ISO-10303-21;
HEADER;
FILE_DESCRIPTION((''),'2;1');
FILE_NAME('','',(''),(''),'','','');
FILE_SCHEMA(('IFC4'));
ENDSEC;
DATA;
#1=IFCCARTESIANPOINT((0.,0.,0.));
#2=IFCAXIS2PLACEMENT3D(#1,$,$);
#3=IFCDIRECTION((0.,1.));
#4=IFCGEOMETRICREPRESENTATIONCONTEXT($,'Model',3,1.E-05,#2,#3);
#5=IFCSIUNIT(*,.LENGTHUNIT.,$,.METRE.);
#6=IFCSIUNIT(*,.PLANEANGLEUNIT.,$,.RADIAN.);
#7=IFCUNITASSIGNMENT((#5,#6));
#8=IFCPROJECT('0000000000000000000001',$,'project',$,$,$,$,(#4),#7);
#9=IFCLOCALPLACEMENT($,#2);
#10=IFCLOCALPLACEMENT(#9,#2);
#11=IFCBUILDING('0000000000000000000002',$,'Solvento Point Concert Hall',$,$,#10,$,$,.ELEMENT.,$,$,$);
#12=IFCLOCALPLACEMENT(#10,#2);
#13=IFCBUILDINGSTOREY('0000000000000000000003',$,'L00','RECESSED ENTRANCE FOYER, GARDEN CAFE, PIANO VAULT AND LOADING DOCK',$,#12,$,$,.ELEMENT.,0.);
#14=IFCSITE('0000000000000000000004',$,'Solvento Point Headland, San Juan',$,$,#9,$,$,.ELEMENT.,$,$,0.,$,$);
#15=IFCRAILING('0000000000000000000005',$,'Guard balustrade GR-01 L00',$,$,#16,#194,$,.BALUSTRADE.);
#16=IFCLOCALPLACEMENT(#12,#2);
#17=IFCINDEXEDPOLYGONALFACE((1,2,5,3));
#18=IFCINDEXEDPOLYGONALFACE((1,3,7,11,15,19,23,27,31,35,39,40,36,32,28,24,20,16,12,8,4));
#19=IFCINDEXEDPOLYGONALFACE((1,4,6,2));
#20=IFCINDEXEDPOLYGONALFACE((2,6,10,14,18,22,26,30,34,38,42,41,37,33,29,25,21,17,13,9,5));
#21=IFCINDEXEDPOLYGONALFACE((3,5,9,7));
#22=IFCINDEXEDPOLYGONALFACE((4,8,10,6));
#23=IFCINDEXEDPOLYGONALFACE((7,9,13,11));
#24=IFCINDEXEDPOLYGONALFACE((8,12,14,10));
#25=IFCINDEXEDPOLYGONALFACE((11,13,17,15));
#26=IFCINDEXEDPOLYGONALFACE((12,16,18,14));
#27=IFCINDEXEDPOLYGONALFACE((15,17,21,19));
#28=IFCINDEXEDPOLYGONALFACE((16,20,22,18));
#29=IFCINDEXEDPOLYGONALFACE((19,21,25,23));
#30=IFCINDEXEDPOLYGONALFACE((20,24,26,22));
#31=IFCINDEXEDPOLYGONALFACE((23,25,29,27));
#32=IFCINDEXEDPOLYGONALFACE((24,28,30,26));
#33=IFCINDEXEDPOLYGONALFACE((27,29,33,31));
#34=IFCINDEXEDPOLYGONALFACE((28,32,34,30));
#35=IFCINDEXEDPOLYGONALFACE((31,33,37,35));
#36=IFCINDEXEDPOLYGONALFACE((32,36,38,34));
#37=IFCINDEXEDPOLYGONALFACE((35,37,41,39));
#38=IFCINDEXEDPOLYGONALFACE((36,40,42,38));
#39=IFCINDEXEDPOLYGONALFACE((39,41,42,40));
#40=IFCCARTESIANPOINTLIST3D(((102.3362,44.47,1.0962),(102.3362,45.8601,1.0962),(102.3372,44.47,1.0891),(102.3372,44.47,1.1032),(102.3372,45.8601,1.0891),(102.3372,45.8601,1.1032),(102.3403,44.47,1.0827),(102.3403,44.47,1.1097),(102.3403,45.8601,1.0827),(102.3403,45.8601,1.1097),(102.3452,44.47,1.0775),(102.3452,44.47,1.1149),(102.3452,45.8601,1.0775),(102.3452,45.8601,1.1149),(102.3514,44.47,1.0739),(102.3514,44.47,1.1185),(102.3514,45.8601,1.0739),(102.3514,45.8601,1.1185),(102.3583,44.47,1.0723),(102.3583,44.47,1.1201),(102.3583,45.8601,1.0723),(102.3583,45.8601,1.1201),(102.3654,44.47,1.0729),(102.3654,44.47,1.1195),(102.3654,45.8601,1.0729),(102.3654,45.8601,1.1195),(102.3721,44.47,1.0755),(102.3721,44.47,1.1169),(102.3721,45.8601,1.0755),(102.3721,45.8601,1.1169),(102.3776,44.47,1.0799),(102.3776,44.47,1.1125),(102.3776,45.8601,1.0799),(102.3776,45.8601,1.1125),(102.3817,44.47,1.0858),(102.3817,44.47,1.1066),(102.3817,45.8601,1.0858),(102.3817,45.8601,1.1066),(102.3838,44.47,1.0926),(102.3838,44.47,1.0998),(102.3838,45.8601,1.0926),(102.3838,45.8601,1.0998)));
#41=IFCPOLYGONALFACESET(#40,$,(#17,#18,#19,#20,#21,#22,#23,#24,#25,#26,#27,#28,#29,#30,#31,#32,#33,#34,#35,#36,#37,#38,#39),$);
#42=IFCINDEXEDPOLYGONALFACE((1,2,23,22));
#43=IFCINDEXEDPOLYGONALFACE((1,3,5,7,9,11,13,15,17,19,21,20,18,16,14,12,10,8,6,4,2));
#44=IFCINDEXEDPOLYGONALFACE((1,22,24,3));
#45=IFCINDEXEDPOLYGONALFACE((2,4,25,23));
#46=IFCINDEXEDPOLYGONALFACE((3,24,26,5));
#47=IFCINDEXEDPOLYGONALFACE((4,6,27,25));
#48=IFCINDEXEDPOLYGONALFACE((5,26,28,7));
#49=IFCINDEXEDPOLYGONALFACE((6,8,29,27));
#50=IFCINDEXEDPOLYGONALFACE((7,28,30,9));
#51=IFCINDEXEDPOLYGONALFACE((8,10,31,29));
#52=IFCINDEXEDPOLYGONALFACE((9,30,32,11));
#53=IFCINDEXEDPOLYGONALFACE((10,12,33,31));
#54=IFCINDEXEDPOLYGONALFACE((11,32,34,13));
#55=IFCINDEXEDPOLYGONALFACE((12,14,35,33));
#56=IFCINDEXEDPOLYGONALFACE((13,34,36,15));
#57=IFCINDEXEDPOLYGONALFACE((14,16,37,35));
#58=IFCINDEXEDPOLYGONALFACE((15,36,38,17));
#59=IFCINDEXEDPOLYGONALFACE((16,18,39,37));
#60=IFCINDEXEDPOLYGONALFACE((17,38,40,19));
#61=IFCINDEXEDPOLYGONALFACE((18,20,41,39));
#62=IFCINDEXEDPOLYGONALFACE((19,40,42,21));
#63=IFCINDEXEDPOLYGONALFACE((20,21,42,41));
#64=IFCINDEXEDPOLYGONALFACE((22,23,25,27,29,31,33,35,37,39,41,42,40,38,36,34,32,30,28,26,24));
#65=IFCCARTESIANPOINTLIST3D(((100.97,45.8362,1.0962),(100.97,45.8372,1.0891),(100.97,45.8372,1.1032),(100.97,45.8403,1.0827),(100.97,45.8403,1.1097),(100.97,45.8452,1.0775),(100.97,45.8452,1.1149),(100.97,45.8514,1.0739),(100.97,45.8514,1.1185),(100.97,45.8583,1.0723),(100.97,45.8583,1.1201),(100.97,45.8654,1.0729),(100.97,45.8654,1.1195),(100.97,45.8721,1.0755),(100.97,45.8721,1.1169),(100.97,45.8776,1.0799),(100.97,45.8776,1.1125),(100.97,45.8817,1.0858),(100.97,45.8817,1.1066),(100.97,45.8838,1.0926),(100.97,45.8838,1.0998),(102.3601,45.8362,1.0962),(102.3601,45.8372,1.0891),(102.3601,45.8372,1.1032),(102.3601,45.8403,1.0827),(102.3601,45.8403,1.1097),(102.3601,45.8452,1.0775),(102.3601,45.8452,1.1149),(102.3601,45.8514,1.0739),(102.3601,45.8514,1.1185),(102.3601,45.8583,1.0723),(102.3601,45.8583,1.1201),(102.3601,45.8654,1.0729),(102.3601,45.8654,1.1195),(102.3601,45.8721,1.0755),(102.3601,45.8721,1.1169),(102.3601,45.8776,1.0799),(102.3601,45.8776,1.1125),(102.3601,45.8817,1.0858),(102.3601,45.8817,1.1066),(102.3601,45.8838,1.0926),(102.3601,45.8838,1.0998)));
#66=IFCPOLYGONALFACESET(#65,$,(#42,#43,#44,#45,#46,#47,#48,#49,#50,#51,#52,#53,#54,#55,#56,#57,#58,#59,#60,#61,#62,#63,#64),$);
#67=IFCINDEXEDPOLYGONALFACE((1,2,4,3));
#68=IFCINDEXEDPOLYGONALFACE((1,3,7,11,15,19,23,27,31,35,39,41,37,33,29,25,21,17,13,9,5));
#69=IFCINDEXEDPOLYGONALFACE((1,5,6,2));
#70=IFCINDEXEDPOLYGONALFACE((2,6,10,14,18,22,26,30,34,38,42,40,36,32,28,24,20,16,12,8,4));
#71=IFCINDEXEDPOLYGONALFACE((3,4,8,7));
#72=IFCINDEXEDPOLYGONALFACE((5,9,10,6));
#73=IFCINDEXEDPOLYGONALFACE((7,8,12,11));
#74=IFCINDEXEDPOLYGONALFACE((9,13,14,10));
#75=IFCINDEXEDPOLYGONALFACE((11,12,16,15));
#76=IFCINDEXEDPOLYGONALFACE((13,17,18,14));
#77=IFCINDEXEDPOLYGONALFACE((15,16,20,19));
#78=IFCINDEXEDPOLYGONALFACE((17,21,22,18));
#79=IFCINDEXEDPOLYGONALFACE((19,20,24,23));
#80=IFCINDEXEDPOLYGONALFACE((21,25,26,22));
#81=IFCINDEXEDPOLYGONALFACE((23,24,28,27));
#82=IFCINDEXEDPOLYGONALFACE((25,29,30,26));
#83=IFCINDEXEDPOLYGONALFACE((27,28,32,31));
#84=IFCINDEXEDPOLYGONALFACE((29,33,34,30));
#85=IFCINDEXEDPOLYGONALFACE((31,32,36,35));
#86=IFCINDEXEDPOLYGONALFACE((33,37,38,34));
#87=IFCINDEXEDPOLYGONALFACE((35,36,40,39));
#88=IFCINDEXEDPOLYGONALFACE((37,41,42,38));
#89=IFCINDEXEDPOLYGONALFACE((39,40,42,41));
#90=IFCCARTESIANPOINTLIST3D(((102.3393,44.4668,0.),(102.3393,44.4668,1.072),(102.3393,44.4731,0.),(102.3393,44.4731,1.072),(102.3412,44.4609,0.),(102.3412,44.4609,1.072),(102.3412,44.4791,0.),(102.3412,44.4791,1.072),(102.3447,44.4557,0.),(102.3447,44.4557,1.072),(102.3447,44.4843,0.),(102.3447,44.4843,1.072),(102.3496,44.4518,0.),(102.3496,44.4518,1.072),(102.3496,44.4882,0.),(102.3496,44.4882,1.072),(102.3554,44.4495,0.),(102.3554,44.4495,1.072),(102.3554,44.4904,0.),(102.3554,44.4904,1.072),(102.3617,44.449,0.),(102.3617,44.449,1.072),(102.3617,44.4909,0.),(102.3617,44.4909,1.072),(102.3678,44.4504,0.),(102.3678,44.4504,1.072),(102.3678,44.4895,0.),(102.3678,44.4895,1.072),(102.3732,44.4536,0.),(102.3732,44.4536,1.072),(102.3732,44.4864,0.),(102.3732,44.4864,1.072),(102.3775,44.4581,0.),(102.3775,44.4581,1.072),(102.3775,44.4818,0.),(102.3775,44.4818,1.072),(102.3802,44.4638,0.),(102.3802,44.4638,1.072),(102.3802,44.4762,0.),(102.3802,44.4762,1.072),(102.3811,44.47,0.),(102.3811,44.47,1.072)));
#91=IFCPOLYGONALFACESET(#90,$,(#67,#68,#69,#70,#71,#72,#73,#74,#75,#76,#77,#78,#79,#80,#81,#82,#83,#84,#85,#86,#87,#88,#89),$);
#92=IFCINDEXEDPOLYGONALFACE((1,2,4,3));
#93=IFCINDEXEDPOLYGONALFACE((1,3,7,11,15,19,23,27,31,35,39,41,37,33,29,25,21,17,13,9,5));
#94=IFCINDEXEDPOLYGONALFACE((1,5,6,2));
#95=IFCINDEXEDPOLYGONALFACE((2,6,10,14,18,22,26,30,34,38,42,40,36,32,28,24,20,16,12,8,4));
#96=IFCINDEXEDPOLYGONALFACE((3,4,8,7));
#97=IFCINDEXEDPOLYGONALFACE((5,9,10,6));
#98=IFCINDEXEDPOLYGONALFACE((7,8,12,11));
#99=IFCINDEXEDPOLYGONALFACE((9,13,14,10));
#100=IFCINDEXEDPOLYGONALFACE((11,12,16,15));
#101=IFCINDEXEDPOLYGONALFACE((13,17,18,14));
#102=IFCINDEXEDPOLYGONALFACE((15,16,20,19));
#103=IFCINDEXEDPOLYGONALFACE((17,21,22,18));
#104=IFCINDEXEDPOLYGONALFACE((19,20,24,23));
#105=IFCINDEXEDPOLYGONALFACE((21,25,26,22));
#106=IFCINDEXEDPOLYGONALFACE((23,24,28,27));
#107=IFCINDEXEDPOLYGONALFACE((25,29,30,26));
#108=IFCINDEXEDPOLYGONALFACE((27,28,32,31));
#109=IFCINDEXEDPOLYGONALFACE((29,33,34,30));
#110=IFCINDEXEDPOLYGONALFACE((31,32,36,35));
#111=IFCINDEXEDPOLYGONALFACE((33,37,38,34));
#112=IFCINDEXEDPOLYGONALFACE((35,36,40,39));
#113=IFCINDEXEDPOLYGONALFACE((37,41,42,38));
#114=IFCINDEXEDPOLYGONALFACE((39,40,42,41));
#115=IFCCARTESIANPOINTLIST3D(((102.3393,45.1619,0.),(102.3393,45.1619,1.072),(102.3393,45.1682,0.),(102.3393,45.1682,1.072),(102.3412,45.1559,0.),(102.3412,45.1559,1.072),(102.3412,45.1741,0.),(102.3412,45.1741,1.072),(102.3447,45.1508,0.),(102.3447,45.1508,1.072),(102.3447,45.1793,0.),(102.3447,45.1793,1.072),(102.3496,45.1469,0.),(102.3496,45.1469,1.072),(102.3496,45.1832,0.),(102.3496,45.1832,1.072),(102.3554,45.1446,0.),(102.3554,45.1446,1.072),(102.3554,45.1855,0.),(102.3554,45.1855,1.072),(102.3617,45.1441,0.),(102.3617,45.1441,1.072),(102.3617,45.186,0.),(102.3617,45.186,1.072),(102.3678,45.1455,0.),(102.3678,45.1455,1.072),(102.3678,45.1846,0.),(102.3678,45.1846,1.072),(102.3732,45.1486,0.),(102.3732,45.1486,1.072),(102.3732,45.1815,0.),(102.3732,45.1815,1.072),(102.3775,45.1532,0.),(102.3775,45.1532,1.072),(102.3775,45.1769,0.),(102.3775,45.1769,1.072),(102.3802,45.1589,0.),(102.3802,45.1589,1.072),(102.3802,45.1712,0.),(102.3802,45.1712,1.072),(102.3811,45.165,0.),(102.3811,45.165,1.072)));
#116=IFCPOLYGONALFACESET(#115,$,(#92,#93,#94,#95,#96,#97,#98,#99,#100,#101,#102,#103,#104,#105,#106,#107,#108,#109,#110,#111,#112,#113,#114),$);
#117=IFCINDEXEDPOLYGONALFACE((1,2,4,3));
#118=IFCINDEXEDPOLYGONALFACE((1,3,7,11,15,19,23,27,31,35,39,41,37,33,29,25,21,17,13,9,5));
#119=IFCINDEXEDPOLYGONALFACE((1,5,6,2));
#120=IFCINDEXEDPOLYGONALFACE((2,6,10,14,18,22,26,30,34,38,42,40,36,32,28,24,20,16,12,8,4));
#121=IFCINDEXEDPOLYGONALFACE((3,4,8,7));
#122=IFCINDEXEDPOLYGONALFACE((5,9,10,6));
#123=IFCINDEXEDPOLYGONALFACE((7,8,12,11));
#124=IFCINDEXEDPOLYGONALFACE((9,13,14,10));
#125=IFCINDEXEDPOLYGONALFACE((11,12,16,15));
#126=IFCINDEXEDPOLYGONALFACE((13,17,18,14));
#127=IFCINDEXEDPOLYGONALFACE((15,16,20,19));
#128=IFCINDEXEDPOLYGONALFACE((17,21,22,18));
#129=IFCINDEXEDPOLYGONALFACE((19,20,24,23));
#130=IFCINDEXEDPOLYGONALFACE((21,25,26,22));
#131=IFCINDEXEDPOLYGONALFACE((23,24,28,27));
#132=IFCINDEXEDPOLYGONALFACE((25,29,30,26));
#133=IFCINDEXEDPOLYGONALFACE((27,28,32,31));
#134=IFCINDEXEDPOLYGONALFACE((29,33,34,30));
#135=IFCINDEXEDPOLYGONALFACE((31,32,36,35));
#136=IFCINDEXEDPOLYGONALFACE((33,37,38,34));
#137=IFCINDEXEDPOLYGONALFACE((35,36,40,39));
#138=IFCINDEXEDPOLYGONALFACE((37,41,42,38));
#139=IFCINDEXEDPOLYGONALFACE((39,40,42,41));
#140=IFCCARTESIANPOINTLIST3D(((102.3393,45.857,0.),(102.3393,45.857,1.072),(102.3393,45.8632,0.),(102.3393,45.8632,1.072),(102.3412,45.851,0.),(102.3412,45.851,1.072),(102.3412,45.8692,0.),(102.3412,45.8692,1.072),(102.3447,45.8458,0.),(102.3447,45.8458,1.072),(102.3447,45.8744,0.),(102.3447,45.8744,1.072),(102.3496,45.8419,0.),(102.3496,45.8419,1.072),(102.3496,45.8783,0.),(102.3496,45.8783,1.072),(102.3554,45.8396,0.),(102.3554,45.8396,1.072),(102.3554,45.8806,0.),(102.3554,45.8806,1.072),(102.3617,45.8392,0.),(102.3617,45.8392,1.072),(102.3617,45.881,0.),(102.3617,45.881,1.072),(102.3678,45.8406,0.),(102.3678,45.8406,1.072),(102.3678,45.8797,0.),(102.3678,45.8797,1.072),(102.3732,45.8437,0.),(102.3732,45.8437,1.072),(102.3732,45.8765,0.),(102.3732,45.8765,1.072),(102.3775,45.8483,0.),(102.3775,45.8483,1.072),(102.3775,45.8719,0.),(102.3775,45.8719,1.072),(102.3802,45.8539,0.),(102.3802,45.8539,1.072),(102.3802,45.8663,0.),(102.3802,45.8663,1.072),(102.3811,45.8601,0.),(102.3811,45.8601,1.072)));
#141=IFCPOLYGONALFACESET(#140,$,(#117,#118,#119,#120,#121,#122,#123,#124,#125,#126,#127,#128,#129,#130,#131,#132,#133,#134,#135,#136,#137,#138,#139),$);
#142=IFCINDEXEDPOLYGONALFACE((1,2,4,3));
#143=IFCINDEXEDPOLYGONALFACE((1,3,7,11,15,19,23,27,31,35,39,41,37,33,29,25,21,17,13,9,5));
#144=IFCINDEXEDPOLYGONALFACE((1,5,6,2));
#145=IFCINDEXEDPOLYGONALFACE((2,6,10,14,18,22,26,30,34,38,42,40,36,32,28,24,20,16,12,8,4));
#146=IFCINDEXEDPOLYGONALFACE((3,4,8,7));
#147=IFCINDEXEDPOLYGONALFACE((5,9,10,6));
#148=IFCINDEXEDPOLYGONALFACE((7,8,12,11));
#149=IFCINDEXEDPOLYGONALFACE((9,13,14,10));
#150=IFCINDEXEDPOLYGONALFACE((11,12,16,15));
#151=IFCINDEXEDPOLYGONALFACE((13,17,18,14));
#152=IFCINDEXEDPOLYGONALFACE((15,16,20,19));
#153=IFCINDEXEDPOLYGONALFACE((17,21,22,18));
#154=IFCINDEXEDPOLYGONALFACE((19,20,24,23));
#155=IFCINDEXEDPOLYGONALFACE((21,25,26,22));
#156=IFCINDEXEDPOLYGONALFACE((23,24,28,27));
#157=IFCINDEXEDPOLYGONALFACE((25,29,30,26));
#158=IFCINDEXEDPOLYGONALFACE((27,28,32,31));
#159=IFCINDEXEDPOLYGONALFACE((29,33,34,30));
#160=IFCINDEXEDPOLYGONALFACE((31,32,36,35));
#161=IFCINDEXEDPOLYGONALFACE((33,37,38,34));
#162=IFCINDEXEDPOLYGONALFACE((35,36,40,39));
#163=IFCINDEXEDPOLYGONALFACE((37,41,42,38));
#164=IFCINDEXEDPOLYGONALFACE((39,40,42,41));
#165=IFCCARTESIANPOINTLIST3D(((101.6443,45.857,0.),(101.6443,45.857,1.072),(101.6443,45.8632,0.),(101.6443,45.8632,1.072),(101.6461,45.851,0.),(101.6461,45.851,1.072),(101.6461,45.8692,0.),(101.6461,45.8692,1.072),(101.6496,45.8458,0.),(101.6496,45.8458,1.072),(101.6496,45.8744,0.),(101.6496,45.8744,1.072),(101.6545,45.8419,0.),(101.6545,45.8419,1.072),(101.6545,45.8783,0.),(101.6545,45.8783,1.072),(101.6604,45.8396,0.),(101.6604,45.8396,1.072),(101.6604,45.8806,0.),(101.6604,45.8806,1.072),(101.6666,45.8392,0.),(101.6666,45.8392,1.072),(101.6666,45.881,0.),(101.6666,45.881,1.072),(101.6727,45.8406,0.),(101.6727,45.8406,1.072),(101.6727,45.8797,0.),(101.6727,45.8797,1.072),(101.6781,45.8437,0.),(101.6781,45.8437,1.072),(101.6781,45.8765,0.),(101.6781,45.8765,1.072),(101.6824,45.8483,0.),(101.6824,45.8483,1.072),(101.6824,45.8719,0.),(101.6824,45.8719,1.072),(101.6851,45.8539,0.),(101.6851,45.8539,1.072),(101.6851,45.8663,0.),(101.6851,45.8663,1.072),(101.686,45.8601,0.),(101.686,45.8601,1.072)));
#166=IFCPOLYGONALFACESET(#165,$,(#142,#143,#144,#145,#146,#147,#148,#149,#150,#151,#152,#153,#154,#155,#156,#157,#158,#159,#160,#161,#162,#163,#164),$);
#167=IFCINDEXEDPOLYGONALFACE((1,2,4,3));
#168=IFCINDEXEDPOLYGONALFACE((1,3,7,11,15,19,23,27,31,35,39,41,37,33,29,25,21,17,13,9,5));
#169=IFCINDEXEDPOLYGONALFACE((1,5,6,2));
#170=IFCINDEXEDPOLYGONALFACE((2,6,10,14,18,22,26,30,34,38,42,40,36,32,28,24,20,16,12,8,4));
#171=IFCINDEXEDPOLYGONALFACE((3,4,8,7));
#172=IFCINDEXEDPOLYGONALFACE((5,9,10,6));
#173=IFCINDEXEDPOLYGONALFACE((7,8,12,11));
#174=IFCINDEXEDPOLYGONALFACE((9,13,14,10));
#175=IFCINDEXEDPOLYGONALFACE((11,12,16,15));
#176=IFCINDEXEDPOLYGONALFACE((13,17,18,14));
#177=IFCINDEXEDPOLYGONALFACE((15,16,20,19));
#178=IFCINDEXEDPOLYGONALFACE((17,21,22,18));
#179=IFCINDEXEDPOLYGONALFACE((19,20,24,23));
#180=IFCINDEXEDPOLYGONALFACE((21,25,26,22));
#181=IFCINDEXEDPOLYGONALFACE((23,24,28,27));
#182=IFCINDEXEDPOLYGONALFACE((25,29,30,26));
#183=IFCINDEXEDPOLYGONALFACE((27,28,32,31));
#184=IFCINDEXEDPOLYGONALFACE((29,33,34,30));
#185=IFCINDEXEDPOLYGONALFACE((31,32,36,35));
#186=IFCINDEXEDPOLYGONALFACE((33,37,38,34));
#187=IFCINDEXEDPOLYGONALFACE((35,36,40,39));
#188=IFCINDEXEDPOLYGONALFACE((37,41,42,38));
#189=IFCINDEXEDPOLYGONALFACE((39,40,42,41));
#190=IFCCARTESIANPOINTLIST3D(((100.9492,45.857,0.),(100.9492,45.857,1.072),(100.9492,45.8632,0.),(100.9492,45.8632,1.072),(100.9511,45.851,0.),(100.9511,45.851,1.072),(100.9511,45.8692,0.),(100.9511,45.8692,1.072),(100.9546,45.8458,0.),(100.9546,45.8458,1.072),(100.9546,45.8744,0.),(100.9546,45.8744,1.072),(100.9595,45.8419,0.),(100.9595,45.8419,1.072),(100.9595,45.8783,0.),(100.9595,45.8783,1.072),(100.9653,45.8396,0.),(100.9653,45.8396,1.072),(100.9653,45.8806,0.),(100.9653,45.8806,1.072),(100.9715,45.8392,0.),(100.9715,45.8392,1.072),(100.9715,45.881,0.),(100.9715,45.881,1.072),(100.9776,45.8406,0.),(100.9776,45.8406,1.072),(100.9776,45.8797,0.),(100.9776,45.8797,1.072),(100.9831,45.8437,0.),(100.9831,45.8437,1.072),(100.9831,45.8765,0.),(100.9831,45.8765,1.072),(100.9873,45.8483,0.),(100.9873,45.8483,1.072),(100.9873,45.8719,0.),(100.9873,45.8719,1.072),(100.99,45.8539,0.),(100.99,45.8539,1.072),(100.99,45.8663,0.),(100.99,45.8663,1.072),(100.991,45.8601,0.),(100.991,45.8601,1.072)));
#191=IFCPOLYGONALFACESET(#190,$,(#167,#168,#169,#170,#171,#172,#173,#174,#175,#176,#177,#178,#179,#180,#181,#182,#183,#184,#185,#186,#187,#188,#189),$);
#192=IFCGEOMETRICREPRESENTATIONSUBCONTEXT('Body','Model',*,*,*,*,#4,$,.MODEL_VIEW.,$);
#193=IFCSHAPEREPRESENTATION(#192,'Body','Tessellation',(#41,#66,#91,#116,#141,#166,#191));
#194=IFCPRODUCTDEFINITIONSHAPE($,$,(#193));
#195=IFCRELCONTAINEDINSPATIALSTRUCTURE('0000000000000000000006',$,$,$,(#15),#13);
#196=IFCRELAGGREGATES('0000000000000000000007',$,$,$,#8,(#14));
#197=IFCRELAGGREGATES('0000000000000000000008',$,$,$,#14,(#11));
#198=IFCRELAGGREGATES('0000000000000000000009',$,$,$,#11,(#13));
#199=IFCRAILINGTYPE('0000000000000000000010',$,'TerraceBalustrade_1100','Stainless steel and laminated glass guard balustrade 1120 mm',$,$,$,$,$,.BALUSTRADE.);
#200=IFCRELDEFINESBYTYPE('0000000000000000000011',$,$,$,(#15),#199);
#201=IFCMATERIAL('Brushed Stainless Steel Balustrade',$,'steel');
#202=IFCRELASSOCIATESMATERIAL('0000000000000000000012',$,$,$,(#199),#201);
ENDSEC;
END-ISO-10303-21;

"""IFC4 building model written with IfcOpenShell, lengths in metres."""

from ifc_helpers import new_model, si_unit, direction, frame, origin, origin_2d, place, context, subcontext, project, spatial, circle, extrude, material, type_object, element, save


model = new_model("IFC4")

# Units and contexts
model_context = context("Model", 3, precision=1e-05, world=origin(), true_north=direction((0.0, 1.0)))
body_context = subcontext(model_context, "Body", "Model", "MODEL_VIEW")
ifc_project = project(units=[si_unit("LENGTHUNIT", "METRE"), si_unit("PLANEANGLEUNIT", "RADIAN")], contexts=[model_context])

# Site, building, storey
site_placement = place(None, origin())
site = spatial("IfcSite", under=ifc_project, at=site_placement, Name="Solvento Point Headland, San Juan", CompositionType="ELEMENT", RefElevation=0.0)
building_placement = place(site_placement, origin())
building = spatial("IfcBuilding", under=site, at=building_placement, Name="Solvento Point Concert Hall", CompositionType="ELEMENT")
storey_placement = place(building_placement, origin())
storey = spatial("IfcBuildingStorey", under=building, at=storey_placement, Name="L00", Description="RECESSED ENTRANCE FOYER, GARDEN CAFE, PIANO VAULT AND LOADING DOCK", CompositionType="ELEMENT", Elevation=0.0)

# Railing
ifc_material_1 = material(Name="Brushed Stainless Steel Balustrade", Category="steel")
railing_type_1 = type_object("IfcRailingType", Name="TerraceBalustrade_1100", Description="Stainless steel and laminated glass guard balustrade 1120 mm", PredefinedType="BALUSTRADE", material=ifc_material_1)
railing_1_placement = place(storey_placement, frame((102.3601, 44.47, 0.0)))
element("IfcRailing", 1, at=railing_1_placement, inside=storey, type_object=railing_type_1, Name="Guard balustrade GR-01 L00", PredefinedType="BALUSTRADE", context=body_context, shape_type="SweptSolid", body=[
    extrude(circle(Radius=0.0239, at=origin_2d()), frame((0.0, 0.0, 1.0962), z_axis=(0.0, 1.0, 0.0), x_axis=(-1.0, 0.0, 0.0)), (0.0, 0.0, 1.0), 1.3901),
    extrude(circle(Radius=0.0239, at=origin_2d()), frame((0.0, 1.3901, 1.0962), z_axis=(-1.0, 0.0, 0.0), x_axis=(0.0, -1.0, 0.0)), (0.0, 0.0, 1.0), 1.3901),
    extrude(circle(Radius=0.021, at=origin_2d()), origin(), (0.0, 0.0, 1.0), 1.072),
    extrude(circle(Radius=0.021, at=origin_2d()), frame((0.0, 0.6951, 0.0)), (0.0, 0.0, 1.0), 1.072),
    extrude(circle(Radius=0.021, at=origin_2d()), frame((0.0, 1.3901, 0.0)), (0.0, 0.0, 1.0), 1.072),
    extrude(circle(Radius=0.021, at=origin_2d()), frame((-0.6951, 1.3901, 0.0)), (0.0, 0.0, 1.0), 1.072),
    extrude(circle(Radius=0.021, at=origin_2d()), frame((-1.3901, 1.3901, 0.0)), (0.0, 0.0, 1.0), 1.072),
])

save(model, "model.ifc")
